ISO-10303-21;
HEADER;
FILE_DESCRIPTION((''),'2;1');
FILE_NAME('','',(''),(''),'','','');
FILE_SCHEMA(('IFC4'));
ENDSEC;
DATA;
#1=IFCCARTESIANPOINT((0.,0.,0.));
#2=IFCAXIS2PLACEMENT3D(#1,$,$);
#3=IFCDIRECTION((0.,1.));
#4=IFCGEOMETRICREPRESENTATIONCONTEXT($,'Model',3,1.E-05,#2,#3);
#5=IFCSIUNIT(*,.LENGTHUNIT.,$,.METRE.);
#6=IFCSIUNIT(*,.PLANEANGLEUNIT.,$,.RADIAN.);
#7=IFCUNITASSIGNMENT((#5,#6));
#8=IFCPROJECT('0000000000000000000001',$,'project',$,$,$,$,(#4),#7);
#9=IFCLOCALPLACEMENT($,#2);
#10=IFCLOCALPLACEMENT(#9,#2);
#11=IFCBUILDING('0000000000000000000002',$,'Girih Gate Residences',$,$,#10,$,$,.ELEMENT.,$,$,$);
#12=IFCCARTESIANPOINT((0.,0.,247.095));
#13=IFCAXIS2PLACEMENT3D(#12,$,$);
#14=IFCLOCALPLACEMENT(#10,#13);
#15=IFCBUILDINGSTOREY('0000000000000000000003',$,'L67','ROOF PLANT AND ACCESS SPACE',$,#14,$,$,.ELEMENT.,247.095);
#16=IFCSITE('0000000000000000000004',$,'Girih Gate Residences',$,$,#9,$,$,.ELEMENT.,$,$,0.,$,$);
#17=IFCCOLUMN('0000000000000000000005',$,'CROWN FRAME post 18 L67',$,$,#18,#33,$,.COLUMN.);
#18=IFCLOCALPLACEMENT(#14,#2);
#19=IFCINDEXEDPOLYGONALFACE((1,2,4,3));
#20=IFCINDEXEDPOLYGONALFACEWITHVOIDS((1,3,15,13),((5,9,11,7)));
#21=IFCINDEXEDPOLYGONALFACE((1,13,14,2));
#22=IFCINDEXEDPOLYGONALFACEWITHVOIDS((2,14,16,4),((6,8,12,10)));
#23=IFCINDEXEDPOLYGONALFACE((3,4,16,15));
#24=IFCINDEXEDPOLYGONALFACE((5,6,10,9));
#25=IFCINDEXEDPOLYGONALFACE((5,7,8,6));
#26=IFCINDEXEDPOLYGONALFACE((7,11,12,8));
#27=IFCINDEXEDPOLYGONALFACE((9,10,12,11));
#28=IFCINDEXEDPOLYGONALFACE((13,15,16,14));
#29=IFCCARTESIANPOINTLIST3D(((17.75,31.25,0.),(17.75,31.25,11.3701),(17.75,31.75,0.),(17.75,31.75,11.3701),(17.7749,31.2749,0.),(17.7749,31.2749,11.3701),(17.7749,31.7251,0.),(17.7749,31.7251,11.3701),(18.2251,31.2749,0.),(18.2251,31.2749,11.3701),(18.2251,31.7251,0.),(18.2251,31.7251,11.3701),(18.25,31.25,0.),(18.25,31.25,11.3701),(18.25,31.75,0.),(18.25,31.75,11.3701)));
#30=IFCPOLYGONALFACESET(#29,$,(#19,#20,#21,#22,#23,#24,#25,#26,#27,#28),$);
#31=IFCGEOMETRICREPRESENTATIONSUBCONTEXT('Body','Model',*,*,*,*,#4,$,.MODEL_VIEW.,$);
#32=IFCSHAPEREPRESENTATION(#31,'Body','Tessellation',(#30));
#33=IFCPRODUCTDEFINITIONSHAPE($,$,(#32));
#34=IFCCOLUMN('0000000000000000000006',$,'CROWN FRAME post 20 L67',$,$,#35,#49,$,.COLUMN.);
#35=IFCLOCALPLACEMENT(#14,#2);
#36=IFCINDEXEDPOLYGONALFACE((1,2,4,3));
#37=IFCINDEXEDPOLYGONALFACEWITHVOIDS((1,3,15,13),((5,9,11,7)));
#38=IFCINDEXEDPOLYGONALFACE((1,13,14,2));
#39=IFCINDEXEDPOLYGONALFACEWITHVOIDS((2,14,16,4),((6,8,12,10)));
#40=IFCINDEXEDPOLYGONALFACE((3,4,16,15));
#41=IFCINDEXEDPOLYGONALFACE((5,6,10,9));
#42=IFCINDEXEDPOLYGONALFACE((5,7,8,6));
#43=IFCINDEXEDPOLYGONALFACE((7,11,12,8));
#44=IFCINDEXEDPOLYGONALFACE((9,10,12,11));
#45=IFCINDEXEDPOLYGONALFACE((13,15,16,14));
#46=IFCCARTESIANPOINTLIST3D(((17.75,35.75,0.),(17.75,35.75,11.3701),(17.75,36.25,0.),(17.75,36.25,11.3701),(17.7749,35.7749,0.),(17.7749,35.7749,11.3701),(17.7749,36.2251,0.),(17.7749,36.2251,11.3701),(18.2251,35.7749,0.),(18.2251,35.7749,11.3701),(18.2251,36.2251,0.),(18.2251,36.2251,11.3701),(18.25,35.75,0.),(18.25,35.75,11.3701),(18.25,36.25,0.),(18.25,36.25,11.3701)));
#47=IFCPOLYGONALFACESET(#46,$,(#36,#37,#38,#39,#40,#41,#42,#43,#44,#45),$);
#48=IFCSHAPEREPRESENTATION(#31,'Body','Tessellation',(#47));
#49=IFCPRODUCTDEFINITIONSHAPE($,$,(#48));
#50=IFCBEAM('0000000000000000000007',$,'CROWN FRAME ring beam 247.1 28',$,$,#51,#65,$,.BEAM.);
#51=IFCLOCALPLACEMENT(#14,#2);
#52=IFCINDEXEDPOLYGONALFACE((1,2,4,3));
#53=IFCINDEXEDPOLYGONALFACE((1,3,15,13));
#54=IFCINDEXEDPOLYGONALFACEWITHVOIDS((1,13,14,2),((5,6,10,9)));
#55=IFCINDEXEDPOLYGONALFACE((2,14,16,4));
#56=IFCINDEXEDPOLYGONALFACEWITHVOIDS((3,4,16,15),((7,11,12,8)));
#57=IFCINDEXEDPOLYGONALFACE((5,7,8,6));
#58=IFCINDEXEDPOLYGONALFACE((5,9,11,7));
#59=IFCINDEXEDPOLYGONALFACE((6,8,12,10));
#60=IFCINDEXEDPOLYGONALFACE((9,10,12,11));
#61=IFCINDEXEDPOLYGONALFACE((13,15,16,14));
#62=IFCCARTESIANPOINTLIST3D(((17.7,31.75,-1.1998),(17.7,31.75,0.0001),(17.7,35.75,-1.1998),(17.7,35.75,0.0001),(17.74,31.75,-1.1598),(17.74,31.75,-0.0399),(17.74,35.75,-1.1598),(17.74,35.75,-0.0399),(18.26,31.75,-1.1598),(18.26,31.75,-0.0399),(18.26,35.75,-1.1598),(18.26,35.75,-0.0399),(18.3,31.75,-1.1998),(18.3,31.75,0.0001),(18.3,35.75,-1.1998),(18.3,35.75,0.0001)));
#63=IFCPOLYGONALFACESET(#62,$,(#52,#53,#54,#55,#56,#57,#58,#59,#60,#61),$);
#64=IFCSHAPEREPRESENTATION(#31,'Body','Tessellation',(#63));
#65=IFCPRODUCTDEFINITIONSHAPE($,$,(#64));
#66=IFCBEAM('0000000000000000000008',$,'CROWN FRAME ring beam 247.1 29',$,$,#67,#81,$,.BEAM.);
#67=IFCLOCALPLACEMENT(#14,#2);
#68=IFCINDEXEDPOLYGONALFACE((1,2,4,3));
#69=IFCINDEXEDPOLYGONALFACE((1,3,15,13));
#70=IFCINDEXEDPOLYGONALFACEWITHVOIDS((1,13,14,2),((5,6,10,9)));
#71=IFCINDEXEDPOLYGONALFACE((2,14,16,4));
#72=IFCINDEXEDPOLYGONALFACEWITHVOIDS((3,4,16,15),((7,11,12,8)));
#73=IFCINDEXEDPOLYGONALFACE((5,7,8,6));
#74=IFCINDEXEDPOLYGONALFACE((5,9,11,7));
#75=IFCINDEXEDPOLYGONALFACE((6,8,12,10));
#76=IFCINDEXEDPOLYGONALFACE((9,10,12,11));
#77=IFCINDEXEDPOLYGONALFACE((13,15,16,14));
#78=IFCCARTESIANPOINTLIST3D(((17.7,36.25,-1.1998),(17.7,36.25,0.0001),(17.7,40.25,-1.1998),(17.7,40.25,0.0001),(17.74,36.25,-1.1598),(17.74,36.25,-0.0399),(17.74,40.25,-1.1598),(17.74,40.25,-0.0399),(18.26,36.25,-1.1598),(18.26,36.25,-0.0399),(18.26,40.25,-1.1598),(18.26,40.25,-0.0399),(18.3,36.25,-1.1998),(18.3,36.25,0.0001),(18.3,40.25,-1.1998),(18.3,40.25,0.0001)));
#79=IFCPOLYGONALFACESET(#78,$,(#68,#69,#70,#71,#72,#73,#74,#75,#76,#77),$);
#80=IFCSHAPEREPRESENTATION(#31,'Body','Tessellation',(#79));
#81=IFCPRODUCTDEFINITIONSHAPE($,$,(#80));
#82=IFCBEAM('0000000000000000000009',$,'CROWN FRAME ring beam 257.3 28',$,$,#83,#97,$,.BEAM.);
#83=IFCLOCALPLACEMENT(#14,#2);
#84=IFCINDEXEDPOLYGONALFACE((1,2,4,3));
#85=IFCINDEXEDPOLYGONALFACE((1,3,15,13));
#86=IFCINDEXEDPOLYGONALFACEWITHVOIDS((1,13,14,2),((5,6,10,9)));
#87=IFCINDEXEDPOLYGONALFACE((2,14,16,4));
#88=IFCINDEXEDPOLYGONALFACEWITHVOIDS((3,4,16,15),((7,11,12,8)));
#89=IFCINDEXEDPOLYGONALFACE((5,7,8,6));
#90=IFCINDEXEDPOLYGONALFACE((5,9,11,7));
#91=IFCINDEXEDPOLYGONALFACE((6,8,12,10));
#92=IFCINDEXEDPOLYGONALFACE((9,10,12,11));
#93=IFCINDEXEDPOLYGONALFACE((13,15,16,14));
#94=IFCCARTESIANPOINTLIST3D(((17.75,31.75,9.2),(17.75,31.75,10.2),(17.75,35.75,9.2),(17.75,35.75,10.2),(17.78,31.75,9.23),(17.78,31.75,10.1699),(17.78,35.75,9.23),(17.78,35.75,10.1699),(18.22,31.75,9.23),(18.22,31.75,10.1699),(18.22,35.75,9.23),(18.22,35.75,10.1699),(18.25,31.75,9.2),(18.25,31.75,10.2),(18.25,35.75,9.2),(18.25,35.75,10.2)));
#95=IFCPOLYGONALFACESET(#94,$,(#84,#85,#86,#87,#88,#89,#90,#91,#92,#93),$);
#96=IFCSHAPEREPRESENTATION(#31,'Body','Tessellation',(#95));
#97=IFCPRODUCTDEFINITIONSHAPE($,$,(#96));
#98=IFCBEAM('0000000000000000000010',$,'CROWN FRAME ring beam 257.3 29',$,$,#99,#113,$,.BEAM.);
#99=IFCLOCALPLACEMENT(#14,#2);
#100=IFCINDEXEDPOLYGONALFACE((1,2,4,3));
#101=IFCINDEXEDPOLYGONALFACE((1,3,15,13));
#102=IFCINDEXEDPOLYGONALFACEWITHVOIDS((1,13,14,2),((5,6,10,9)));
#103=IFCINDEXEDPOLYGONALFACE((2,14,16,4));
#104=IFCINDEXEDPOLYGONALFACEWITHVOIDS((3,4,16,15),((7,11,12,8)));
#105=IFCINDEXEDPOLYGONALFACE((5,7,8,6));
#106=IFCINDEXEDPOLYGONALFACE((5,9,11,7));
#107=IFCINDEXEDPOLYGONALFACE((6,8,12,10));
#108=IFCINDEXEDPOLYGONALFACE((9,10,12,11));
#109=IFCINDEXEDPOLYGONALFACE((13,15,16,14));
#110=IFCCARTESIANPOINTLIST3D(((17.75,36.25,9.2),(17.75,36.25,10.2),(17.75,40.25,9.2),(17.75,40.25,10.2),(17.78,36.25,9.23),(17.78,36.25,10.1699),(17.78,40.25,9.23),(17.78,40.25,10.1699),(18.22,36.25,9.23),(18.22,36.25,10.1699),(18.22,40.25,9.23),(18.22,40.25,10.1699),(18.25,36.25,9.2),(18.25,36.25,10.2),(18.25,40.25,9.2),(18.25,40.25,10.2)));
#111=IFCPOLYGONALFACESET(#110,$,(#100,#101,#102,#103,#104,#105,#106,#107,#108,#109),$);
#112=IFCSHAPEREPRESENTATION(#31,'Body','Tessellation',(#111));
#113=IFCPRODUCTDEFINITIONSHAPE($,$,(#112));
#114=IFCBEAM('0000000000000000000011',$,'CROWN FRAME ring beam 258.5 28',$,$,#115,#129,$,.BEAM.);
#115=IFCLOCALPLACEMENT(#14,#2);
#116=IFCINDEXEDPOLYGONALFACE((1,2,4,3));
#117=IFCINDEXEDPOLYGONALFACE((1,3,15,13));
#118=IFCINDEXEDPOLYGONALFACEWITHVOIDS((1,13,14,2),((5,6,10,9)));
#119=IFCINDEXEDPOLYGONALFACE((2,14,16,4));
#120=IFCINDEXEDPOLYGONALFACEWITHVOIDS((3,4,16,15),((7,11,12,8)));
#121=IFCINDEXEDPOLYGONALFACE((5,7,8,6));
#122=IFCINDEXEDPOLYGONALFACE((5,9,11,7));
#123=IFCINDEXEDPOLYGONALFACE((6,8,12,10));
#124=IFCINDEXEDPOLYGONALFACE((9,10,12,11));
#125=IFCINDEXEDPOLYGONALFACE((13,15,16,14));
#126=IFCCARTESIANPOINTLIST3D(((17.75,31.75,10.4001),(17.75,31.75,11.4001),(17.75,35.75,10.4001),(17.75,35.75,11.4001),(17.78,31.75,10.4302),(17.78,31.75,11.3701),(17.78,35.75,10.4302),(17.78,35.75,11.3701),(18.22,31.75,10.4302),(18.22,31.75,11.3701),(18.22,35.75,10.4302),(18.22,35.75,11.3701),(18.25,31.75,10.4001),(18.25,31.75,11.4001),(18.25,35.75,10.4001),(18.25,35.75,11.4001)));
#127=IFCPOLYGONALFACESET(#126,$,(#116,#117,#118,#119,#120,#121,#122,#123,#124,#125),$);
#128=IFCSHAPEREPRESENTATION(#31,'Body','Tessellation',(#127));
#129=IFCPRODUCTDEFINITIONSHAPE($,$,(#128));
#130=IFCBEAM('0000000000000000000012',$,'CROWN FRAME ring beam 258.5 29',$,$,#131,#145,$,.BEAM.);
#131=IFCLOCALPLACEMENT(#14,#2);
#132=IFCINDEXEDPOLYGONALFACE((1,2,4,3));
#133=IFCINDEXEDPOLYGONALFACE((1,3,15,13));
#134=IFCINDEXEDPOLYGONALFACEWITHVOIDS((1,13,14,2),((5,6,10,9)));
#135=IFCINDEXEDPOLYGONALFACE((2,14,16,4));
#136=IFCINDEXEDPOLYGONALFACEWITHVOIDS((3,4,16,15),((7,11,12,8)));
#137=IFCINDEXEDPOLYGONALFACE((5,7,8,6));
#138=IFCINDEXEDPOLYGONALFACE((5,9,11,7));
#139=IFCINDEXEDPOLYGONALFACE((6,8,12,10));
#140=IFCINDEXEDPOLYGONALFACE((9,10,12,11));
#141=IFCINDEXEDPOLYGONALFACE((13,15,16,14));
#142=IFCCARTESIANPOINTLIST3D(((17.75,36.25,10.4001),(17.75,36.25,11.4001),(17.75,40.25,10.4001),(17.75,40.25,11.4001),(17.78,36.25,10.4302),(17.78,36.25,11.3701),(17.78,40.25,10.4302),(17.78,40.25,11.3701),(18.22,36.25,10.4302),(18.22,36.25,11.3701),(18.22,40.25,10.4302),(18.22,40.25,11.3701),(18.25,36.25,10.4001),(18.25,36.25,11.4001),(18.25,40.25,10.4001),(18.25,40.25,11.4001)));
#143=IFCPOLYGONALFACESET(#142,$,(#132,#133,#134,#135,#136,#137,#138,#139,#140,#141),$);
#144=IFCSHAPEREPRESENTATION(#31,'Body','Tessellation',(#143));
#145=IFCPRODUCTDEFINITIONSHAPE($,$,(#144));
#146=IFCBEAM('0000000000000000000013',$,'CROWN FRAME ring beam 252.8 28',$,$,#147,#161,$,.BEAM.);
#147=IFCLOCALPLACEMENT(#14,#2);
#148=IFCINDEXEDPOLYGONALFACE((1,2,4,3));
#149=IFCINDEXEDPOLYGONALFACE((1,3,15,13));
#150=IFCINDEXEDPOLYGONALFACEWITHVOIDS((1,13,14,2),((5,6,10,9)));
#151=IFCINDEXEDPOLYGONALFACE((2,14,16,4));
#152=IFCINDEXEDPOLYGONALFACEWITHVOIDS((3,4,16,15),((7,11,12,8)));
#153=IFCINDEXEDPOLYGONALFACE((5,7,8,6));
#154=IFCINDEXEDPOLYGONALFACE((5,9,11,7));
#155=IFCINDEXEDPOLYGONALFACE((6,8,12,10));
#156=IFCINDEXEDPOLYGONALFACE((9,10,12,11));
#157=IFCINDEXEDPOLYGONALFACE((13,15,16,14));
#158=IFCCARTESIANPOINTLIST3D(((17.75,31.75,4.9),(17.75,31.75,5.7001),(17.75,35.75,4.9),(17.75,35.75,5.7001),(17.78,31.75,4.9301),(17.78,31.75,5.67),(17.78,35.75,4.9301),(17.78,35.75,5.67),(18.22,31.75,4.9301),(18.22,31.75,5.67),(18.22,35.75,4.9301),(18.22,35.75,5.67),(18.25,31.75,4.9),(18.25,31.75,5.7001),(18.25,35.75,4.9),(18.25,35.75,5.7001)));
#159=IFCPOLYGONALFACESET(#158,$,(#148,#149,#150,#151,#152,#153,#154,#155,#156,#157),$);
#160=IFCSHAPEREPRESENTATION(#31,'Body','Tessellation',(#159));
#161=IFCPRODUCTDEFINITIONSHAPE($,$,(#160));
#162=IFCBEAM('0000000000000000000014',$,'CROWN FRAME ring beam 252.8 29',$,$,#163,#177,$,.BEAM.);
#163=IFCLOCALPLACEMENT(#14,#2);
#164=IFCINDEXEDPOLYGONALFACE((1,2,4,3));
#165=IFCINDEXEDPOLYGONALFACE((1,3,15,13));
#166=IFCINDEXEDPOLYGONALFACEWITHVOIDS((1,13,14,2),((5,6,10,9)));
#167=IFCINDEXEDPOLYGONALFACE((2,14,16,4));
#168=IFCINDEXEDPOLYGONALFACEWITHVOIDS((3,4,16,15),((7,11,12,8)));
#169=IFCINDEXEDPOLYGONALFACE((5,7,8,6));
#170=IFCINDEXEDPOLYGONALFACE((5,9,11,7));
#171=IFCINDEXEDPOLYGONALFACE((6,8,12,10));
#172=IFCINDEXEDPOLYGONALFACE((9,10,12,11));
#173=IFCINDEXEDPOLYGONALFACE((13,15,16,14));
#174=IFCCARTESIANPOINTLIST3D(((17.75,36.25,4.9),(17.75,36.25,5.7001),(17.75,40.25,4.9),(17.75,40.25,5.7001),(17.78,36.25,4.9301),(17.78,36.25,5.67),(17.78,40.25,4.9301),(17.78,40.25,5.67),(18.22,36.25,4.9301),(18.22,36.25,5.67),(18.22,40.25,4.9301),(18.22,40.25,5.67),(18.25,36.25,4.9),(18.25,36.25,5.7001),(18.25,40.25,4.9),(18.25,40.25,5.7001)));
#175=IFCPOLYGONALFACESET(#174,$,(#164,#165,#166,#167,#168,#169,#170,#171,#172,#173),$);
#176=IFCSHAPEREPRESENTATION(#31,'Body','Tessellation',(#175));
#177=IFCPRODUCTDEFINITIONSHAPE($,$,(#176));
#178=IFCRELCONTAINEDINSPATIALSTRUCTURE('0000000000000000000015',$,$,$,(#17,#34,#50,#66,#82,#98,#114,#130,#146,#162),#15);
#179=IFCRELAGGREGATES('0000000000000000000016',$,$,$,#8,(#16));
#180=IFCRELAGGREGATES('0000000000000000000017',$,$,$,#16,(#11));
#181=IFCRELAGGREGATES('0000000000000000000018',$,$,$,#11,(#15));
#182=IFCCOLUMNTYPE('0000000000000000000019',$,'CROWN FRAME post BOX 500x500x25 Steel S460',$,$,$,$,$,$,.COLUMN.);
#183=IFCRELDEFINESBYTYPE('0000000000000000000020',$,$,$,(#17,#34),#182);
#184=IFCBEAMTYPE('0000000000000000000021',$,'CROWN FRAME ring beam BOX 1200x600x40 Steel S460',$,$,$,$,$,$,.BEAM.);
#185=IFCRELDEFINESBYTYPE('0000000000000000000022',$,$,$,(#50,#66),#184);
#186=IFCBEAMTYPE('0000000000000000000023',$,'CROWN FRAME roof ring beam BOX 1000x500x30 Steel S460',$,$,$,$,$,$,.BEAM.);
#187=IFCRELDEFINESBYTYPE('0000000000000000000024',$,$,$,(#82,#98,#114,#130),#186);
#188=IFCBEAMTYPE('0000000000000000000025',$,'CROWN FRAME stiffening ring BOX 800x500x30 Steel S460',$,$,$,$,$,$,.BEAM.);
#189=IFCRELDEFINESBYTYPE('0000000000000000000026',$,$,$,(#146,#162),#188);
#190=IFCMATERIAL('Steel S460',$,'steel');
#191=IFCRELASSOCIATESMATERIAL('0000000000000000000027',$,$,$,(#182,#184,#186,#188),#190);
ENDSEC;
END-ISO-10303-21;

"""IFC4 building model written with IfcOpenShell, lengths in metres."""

from ifc_helpers import new_model, si_unit, direction, frame, origin, origin_2d, place, context, subcontext, project, spatial, hollow_rectangle, extrude, material, material_profile, profile_set, type_object, element, save


model = new_model("IFC4")

# Units and contexts
model_context = context("Model", 3, precision=1e-05, world=origin(), true_north=direction((0.0, 1.0)))
body_context = subcontext(model_context, "Body", "Model", "MODEL_VIEW")
ifc_project = project(units=[si_unit("LENGTHUNIT", "METRE"), si_unit("PLANEANGLEUNIT", "RADIAN")], contexts=[model_context])

# Site, building, storey
site_placement = place(None, origin())
site = spatial("IfcSite", under=ifc_project, at=site_placement, Name="Girih Gate Residences", CompositionType="ELEMENT", RefElevation=0.0)
building_placement = place(site_placement, origin())
building = spatial("IfcBuilding", under=site, at=building_placement, Name="Girih Gate Residences", CompositionType="ELEMENT")
storey_placement = place(building_placement, frame((0.0, 0.0, 247.095)))
storey = spatial("IfcBuildingStorey", under=building, at=storey_placement, Name="L67", Description="ROOF PLANT AND ACCESS SPACE", CompositionType="ELEMENT", Elevation=247.095)

# Columns
ifc_material_1 = material(Name="Steel S460", Category="steel")
ifc_material_profile_1 = material_profile(ifc_material_1, hollow_rectangle(XDim=0.5, YDim=0.5, WallThickness=0.0249, at=origin_2d()))
ifc_profile_set_1 = profile_set([ifc_material_profile_1], Name="Steel S460")
column_type = type_object("IfcColumnType", Name="CROWN FRAME post BOX 500x500x25 Steel S460", PredefinedType="COLUMN", material=ifc_profile_set_1)
for number, where, z_axis, x_axis, name in (
    (1, (18.0, 31.5, 0.0), (0.0, 0.0, 1.0), (1.0, 0.0, 0.0), "CROWN FRAME post 18 L67"),
    (2, (18.0, 36.0, 0.0), (0.0, 0.0, 1.0), (1.0, 0.0, 0.0), "CROWN FRAME post 20 L67"),
):
    element("IfcColumn", number, at=place(storey_placement, frame(where, z_axis=z_axis, x_axis=x_axis)), inside=storey, type_object=column_type, Name=name, PredefinedType="COLUMN", context=body_context, shape_type="SweptSolid", body=[
        extrude(hollow_rectangle(XDim=0.5, YDim=0.5, WallThickness=0.0249, at=origin_2d()), origin(), (0.0, 0.0, 1.0), 11.3701),
    ])

# Beams
ifc_material_profile_2 = material_profile(ifc_material_1, hollow_rectangle(XDim=0.6001, YDim=1.2, WallThickness=0.04, at=origin_2d()))
ifc_profile_set_2 = profile_set([ifc_material_profile_2], Name="Steel S460")
beam_type_1 = type_object("IfcBeamType", Name="CROWN FRAME ring beam BOX 1200x600x40 Steel S460", PredefinedType="BEAM", material=ifc_profile_set_2)
for number, where, z_axis, x_axis, name in (
    (3, (18.0, 31.75, -0.5999), (0.0, 1.0, 0.0), (-1.0, 0.0, 0.0), "CROWN FRAME ring beam 247.1 28"),
    (4, (18.0, 36.25, -0.5999), (0.0, 1.0, 0.0), (-1.0, 0.0, 0.0), "CROWN FRAME ring beam 247.1 29"),
):
    element("IfcBeam", number, at=place(storey_placement, frame(where, z_axis=z_axis, x_axis=x_axis)), inside=storey, type_object=beam_type_1, Name=name, PredefinedType="BEAM", context=body_context, shape_type="SweptSolid", body=[
        extrude(hollow_rectangle(XDim=0.6001, YDim=1.2, WallThickness=0.04, at=origin_2d()), origin(), (0.0, 0.0, 1.0), 4.0),
    ])
ifc_material_profile_3 = material_profile(ifc_material_1, hollow_rectangle(XDim=0.5, YDim=1.0, WallThickness=0.03, at=origin_2d()))
ifc_profile_set_3 = profile_set([ifc_material_profile_3], Name="Steel S460")
beam_type_2 = type_object("IfcBeamType", Name="CROWN FRAME roof ring beam BOX 1000x500x30 Steel S460", PredefinedType="BEAM", material=ifc_profile_set_3)
for number, where, z_axis, x_axis, name in (
    (5, (18.0, 31.75, 9.7), (0.0, 1.0, 0.0), (-1.0, 0.0, 0.0), "CROWN FRAME ring beam 257.3 28"),
    (6, (18.0, 36.25, 9.7), (0.0, 1.0, 0.0), (-1.0, 0.0, 0.0), "CROWN FRAME ring beam 257.3 29"),
    (7, (18.0, 31.75, 10.9001), (0.0, 1.0, 0.0), (-1.0, 0.0, 0.0), "CROWN FRAME ring beam 258.5 28"),
    (8, (18.0, 36.25, 10.9001), (0.0, 1.0, 0.0), (-1.0, 0.0, 0.0), "CROWN FRAME ring beam 258.5 29"),
):
    element("IfcBeam", number, at=place(storey_placement, frame(where, z_axis=z_axis, x_axis=x_axis)), inside=storey, type_object=beam_type_2, Name=name, PredefinedType="BEAM", context=body_context, shape_type="SweptSolid", body=[
        extrude(hollow_rectangle(XDim=0.5, YDim=1.0, WallThickness=0.03, at=origin_2d()), origin(), (0.0, 0.0, 1.0), 4.0),
    ])
ifc_material_profile_4 = material_profile(ifc_material_1, hollow_rectangle(XDim=0.5, YDim=0.8, WallThickness=0.03, at=origin_2d()))
ifc_profile_set_4 = profile_set([ifc_material_profile_4], Name="Steel S460")
beam_type_3 = type_object("IfcBeamType", Name="CROWN FRAME stiffening ring BOX 800x500x30 Steel S460", PredefinedType="BEAM", material=ifc_profile_set_4)
for number, where, z_axis, x_axis, name in (
    (9, (18.0, 31.75, 5.3), (0.0, 1.0, 0.0), (-1.0, 0.0, 0.0), "CROWN FRAME ring beam 252.8 28"),
    (10, (18.0, 36.25, 5.3), (0.0, 1.0, 0.0), (-1.0, 0.0, 0.0), "CROWN FRAME ring beam 252.8 29"),
):
    element("IfcBeam", number, at=place(storey_placement, frame(where, z_axis=z_axis, x_axis=x_axis)), inside=storey, type_object=beam_type_3, Name=name, PredefinedType="BEAM", context=body_context, shape_type="SweptSolid", body=[
        extrude(hollow_rectangle(XDim=0.5, YDim=0.8, WallThickness=0.03, at=origin_2d()), origin(), (0.0, 0.0, 1.0), 4.0),
    ])

save(model, "model.ifc")
